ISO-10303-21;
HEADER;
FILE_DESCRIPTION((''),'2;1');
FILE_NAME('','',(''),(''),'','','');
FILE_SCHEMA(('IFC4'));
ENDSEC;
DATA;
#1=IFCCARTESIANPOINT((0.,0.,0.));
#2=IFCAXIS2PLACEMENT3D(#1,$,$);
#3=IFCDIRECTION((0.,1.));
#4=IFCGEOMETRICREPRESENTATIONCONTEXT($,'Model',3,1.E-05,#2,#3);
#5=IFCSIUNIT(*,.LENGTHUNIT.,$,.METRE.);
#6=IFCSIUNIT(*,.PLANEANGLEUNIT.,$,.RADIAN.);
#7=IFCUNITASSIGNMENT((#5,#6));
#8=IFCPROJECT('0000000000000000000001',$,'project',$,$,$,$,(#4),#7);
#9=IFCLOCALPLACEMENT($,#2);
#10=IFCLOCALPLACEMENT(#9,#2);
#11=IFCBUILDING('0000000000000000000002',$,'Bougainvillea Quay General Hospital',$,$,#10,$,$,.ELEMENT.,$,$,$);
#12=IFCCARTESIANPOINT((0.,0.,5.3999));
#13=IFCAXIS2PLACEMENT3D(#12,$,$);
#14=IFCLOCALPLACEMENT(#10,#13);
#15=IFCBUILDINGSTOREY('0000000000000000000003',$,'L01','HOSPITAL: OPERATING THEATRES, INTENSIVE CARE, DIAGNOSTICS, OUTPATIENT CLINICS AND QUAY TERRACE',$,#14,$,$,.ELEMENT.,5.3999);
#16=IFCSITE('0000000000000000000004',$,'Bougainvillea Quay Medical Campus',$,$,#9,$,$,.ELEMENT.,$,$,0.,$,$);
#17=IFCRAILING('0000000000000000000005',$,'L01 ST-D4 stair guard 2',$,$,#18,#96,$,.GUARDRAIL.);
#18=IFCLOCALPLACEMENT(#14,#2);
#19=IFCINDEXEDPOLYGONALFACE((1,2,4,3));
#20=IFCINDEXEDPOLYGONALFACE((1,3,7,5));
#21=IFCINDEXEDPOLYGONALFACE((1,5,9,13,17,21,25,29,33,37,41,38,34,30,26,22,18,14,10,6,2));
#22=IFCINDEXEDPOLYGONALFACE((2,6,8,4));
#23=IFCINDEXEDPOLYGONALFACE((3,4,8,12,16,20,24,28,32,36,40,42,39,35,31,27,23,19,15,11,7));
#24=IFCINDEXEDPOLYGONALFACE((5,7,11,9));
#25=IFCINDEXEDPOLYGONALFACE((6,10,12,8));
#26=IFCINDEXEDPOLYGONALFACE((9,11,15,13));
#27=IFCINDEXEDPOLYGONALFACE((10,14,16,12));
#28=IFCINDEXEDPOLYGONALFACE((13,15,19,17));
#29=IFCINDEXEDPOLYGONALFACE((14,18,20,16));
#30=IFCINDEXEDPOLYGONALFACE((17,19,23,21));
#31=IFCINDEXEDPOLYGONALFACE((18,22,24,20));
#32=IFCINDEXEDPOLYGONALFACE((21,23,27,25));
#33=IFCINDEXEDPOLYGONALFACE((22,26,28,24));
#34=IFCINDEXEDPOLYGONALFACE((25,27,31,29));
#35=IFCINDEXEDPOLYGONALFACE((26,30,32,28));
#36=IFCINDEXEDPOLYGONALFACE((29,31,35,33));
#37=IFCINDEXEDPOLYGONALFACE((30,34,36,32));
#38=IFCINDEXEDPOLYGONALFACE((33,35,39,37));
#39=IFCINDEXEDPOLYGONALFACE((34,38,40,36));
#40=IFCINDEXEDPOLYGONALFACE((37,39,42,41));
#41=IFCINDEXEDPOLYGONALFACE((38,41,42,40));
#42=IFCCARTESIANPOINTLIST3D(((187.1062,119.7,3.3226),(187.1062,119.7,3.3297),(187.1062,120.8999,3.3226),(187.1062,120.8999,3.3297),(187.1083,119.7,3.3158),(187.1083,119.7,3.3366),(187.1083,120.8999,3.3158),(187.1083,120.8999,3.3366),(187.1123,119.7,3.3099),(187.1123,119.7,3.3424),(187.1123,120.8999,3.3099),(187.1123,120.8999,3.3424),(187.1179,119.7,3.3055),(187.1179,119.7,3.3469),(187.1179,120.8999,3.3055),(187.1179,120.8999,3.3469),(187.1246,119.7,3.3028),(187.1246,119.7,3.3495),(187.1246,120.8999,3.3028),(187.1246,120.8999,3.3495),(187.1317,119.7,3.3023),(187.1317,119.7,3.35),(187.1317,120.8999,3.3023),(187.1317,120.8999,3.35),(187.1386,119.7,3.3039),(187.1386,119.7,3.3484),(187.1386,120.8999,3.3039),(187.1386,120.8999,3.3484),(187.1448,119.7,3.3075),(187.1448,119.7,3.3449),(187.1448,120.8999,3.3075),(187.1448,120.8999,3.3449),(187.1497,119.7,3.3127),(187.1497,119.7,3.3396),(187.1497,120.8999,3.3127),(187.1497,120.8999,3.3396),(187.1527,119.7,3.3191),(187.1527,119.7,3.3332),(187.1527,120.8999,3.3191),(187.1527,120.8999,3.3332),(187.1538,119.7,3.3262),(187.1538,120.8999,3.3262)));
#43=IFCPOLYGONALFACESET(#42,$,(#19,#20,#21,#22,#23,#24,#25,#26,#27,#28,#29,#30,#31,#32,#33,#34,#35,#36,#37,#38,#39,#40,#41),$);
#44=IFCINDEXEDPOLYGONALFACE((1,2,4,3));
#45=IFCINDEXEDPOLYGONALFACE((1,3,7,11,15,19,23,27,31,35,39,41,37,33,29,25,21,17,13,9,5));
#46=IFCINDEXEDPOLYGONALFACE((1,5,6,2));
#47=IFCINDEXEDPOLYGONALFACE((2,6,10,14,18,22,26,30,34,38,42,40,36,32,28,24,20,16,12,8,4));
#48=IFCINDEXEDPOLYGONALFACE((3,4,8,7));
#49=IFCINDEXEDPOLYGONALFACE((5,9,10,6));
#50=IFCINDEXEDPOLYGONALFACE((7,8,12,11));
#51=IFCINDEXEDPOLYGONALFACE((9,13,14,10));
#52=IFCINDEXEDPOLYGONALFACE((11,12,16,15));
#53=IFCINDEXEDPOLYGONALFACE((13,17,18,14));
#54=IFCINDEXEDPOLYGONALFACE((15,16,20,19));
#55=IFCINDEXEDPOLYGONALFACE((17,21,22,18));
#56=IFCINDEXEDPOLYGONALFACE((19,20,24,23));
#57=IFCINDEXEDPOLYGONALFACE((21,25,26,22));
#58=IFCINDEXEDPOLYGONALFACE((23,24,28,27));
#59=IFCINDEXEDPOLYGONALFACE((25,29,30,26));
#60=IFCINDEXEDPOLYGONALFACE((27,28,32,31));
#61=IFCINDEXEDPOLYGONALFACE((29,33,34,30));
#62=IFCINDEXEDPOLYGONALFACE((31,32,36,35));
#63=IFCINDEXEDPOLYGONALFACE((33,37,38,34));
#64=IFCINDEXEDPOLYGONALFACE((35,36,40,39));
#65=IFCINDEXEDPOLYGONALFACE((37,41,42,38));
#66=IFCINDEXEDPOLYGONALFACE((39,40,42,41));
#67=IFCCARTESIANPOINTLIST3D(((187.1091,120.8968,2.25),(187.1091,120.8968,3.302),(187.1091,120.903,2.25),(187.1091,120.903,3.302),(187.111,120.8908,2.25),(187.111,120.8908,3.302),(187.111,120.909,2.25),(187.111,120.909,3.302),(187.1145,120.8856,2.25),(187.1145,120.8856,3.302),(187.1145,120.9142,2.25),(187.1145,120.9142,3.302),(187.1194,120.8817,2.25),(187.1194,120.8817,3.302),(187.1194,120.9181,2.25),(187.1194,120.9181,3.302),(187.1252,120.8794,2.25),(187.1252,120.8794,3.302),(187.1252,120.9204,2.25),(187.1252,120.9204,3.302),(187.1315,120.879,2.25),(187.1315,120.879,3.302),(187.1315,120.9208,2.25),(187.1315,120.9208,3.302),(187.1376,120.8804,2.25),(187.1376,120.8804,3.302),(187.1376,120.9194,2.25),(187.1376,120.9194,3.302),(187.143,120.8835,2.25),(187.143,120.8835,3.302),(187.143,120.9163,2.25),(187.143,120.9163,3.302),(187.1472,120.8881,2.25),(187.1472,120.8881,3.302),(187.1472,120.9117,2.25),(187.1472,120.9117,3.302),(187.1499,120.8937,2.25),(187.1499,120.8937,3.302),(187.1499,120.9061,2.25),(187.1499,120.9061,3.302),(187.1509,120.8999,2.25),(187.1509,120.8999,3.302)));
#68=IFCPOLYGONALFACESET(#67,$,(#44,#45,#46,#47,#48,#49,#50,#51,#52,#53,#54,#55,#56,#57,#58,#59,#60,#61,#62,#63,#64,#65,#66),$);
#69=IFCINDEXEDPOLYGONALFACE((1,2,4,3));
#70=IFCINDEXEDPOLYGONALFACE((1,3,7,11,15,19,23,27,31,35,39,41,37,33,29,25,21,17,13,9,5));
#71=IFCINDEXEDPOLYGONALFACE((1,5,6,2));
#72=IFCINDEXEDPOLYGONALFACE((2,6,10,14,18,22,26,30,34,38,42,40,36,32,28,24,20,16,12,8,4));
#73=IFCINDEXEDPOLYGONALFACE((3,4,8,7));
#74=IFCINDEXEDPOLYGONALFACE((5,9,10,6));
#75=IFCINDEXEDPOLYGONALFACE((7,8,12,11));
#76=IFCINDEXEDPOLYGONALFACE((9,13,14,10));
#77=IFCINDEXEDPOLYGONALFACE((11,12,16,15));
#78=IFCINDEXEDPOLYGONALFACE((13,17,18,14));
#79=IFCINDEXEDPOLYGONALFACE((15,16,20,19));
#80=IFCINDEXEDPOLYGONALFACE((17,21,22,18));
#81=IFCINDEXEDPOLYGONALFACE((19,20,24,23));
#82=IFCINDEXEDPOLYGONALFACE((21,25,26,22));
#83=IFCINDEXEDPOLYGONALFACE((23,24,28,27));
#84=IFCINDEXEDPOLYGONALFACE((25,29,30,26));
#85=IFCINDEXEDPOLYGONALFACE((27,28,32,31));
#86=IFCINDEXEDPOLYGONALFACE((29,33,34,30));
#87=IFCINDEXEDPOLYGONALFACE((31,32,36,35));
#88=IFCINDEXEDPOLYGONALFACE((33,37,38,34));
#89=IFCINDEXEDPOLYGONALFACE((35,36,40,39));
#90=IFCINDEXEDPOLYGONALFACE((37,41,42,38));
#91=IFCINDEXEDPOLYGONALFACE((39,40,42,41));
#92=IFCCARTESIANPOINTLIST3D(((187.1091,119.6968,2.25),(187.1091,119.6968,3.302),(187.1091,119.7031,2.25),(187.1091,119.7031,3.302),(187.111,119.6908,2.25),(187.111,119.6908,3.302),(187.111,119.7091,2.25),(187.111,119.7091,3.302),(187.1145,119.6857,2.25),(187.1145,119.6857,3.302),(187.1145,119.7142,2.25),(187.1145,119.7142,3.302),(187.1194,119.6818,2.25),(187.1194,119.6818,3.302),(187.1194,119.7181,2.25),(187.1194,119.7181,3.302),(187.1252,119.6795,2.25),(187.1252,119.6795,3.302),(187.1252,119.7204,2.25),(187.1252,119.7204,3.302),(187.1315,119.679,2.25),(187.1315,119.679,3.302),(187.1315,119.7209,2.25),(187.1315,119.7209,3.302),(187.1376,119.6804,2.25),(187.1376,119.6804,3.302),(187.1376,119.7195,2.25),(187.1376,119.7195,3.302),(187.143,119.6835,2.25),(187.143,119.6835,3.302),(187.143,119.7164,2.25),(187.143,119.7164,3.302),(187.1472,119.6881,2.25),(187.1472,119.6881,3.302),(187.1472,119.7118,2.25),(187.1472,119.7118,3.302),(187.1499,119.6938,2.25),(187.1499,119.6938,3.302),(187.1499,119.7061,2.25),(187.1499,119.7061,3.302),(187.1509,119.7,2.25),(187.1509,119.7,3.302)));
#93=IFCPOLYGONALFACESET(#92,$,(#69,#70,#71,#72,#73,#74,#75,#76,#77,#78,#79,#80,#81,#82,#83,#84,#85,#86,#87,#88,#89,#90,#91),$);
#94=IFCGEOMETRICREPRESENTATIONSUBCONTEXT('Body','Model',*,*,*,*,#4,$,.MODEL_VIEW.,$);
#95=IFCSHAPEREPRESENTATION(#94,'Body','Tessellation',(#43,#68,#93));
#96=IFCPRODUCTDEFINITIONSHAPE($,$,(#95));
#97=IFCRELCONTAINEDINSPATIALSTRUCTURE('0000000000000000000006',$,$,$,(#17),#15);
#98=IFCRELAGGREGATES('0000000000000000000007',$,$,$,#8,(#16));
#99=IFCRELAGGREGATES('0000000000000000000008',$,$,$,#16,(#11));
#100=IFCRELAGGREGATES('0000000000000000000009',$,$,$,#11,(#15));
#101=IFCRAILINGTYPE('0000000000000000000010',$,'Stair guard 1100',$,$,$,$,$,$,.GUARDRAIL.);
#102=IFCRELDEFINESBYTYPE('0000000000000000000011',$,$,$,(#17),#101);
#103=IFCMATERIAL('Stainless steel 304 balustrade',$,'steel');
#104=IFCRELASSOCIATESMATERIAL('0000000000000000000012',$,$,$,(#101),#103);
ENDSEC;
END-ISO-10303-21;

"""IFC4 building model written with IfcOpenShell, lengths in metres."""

from ifc_helpers import new_model, si_unit, direction, frame, origin, origin_2d, place, context, subcontext, project, spatial, circle, extrude, material, type_object, element, save


model = new_model("IFC4")

# Units and contexts
model_context = context("Model", 3, precision=1e-05, world=origin(), true_north=direction((0.0, 1.0)))
body_context = subcontext(model_context, "Body", "Model", "MODEL_VIEW")
ifc_project = project(units=[si_unit("LENGTHUNIT", "METRE"), si_unit("PLANEANGLEUNIT", "RADIAN")], contexts=[model_context])

# Site, building, storey
site_placement = place(None, origin())
site = spatial("IfcSite", under=ifc_project, at=site_placement, Name="Bougainvillea Quay Medical Campus", CompositionType="ELEMENT", RefElevation=0.0)
building_placement = place(site_placement, origin())
building = spatial("IfcBuilding", under=site, at=building_placement, Name="Bougainvillea Quay General Hospital", CompositionType="ELEMENT")
storey_placement = place(building_placement, frame((0.0, 0.0, 5.3999)))
storey = spatial("IfcBuildingStorey", under=building, at=storey_placement, Name="L01", Description="HOSPITAL: OPERATING THEATRES, INTENSIVE CARE, DIAGNOSTICS, OUTPATIENT CLINICS AND QUAY TERRACE", CompositionType="ELEMENT", Elevation=5.3999)

# Railing
ifc_material_1 = material(Name="Stainless steel 304 balustrade", Category="steel")
railing_type_1 = type_object("IfcRailingType", Name="Stair guard 1100", PredefinedType="GUARDRAIL", material=ifc_material_1)
railing_1_placement = place(storey_placement, frame((187.1299, 120.8999, 2.25)))
element("IfcRailing", 1, at=railing_1_placement, inside=storey, type_object=railing_type_1, Name="L01 ST-D4 stair guard 2", PredefinedType="GUARDRAIL", context=body_context, shape_type="SweptSolid", body=[
    extrude(circle(Radius=0.0239, at=origin_2d()), frame((0.0, 0.0, 1.0762), z_axis=(0.0, -1.0, 0.0), x_axis=(1.0, 0.0, 0.0)), (0.0, 0.0, 1.0), 1.2),
    extrude(circle(Radius=0.021, at=origin_2d()), origin(), (0.0, 0.0, 1.0), 1.052),
    extrude(circle(Radius=0.021, at=origin_2d()), frame((0.0, -1.2, 0.0)), (0.0, 0.0, 1.0), 1.052),
])

save(model, "model.ifc")
